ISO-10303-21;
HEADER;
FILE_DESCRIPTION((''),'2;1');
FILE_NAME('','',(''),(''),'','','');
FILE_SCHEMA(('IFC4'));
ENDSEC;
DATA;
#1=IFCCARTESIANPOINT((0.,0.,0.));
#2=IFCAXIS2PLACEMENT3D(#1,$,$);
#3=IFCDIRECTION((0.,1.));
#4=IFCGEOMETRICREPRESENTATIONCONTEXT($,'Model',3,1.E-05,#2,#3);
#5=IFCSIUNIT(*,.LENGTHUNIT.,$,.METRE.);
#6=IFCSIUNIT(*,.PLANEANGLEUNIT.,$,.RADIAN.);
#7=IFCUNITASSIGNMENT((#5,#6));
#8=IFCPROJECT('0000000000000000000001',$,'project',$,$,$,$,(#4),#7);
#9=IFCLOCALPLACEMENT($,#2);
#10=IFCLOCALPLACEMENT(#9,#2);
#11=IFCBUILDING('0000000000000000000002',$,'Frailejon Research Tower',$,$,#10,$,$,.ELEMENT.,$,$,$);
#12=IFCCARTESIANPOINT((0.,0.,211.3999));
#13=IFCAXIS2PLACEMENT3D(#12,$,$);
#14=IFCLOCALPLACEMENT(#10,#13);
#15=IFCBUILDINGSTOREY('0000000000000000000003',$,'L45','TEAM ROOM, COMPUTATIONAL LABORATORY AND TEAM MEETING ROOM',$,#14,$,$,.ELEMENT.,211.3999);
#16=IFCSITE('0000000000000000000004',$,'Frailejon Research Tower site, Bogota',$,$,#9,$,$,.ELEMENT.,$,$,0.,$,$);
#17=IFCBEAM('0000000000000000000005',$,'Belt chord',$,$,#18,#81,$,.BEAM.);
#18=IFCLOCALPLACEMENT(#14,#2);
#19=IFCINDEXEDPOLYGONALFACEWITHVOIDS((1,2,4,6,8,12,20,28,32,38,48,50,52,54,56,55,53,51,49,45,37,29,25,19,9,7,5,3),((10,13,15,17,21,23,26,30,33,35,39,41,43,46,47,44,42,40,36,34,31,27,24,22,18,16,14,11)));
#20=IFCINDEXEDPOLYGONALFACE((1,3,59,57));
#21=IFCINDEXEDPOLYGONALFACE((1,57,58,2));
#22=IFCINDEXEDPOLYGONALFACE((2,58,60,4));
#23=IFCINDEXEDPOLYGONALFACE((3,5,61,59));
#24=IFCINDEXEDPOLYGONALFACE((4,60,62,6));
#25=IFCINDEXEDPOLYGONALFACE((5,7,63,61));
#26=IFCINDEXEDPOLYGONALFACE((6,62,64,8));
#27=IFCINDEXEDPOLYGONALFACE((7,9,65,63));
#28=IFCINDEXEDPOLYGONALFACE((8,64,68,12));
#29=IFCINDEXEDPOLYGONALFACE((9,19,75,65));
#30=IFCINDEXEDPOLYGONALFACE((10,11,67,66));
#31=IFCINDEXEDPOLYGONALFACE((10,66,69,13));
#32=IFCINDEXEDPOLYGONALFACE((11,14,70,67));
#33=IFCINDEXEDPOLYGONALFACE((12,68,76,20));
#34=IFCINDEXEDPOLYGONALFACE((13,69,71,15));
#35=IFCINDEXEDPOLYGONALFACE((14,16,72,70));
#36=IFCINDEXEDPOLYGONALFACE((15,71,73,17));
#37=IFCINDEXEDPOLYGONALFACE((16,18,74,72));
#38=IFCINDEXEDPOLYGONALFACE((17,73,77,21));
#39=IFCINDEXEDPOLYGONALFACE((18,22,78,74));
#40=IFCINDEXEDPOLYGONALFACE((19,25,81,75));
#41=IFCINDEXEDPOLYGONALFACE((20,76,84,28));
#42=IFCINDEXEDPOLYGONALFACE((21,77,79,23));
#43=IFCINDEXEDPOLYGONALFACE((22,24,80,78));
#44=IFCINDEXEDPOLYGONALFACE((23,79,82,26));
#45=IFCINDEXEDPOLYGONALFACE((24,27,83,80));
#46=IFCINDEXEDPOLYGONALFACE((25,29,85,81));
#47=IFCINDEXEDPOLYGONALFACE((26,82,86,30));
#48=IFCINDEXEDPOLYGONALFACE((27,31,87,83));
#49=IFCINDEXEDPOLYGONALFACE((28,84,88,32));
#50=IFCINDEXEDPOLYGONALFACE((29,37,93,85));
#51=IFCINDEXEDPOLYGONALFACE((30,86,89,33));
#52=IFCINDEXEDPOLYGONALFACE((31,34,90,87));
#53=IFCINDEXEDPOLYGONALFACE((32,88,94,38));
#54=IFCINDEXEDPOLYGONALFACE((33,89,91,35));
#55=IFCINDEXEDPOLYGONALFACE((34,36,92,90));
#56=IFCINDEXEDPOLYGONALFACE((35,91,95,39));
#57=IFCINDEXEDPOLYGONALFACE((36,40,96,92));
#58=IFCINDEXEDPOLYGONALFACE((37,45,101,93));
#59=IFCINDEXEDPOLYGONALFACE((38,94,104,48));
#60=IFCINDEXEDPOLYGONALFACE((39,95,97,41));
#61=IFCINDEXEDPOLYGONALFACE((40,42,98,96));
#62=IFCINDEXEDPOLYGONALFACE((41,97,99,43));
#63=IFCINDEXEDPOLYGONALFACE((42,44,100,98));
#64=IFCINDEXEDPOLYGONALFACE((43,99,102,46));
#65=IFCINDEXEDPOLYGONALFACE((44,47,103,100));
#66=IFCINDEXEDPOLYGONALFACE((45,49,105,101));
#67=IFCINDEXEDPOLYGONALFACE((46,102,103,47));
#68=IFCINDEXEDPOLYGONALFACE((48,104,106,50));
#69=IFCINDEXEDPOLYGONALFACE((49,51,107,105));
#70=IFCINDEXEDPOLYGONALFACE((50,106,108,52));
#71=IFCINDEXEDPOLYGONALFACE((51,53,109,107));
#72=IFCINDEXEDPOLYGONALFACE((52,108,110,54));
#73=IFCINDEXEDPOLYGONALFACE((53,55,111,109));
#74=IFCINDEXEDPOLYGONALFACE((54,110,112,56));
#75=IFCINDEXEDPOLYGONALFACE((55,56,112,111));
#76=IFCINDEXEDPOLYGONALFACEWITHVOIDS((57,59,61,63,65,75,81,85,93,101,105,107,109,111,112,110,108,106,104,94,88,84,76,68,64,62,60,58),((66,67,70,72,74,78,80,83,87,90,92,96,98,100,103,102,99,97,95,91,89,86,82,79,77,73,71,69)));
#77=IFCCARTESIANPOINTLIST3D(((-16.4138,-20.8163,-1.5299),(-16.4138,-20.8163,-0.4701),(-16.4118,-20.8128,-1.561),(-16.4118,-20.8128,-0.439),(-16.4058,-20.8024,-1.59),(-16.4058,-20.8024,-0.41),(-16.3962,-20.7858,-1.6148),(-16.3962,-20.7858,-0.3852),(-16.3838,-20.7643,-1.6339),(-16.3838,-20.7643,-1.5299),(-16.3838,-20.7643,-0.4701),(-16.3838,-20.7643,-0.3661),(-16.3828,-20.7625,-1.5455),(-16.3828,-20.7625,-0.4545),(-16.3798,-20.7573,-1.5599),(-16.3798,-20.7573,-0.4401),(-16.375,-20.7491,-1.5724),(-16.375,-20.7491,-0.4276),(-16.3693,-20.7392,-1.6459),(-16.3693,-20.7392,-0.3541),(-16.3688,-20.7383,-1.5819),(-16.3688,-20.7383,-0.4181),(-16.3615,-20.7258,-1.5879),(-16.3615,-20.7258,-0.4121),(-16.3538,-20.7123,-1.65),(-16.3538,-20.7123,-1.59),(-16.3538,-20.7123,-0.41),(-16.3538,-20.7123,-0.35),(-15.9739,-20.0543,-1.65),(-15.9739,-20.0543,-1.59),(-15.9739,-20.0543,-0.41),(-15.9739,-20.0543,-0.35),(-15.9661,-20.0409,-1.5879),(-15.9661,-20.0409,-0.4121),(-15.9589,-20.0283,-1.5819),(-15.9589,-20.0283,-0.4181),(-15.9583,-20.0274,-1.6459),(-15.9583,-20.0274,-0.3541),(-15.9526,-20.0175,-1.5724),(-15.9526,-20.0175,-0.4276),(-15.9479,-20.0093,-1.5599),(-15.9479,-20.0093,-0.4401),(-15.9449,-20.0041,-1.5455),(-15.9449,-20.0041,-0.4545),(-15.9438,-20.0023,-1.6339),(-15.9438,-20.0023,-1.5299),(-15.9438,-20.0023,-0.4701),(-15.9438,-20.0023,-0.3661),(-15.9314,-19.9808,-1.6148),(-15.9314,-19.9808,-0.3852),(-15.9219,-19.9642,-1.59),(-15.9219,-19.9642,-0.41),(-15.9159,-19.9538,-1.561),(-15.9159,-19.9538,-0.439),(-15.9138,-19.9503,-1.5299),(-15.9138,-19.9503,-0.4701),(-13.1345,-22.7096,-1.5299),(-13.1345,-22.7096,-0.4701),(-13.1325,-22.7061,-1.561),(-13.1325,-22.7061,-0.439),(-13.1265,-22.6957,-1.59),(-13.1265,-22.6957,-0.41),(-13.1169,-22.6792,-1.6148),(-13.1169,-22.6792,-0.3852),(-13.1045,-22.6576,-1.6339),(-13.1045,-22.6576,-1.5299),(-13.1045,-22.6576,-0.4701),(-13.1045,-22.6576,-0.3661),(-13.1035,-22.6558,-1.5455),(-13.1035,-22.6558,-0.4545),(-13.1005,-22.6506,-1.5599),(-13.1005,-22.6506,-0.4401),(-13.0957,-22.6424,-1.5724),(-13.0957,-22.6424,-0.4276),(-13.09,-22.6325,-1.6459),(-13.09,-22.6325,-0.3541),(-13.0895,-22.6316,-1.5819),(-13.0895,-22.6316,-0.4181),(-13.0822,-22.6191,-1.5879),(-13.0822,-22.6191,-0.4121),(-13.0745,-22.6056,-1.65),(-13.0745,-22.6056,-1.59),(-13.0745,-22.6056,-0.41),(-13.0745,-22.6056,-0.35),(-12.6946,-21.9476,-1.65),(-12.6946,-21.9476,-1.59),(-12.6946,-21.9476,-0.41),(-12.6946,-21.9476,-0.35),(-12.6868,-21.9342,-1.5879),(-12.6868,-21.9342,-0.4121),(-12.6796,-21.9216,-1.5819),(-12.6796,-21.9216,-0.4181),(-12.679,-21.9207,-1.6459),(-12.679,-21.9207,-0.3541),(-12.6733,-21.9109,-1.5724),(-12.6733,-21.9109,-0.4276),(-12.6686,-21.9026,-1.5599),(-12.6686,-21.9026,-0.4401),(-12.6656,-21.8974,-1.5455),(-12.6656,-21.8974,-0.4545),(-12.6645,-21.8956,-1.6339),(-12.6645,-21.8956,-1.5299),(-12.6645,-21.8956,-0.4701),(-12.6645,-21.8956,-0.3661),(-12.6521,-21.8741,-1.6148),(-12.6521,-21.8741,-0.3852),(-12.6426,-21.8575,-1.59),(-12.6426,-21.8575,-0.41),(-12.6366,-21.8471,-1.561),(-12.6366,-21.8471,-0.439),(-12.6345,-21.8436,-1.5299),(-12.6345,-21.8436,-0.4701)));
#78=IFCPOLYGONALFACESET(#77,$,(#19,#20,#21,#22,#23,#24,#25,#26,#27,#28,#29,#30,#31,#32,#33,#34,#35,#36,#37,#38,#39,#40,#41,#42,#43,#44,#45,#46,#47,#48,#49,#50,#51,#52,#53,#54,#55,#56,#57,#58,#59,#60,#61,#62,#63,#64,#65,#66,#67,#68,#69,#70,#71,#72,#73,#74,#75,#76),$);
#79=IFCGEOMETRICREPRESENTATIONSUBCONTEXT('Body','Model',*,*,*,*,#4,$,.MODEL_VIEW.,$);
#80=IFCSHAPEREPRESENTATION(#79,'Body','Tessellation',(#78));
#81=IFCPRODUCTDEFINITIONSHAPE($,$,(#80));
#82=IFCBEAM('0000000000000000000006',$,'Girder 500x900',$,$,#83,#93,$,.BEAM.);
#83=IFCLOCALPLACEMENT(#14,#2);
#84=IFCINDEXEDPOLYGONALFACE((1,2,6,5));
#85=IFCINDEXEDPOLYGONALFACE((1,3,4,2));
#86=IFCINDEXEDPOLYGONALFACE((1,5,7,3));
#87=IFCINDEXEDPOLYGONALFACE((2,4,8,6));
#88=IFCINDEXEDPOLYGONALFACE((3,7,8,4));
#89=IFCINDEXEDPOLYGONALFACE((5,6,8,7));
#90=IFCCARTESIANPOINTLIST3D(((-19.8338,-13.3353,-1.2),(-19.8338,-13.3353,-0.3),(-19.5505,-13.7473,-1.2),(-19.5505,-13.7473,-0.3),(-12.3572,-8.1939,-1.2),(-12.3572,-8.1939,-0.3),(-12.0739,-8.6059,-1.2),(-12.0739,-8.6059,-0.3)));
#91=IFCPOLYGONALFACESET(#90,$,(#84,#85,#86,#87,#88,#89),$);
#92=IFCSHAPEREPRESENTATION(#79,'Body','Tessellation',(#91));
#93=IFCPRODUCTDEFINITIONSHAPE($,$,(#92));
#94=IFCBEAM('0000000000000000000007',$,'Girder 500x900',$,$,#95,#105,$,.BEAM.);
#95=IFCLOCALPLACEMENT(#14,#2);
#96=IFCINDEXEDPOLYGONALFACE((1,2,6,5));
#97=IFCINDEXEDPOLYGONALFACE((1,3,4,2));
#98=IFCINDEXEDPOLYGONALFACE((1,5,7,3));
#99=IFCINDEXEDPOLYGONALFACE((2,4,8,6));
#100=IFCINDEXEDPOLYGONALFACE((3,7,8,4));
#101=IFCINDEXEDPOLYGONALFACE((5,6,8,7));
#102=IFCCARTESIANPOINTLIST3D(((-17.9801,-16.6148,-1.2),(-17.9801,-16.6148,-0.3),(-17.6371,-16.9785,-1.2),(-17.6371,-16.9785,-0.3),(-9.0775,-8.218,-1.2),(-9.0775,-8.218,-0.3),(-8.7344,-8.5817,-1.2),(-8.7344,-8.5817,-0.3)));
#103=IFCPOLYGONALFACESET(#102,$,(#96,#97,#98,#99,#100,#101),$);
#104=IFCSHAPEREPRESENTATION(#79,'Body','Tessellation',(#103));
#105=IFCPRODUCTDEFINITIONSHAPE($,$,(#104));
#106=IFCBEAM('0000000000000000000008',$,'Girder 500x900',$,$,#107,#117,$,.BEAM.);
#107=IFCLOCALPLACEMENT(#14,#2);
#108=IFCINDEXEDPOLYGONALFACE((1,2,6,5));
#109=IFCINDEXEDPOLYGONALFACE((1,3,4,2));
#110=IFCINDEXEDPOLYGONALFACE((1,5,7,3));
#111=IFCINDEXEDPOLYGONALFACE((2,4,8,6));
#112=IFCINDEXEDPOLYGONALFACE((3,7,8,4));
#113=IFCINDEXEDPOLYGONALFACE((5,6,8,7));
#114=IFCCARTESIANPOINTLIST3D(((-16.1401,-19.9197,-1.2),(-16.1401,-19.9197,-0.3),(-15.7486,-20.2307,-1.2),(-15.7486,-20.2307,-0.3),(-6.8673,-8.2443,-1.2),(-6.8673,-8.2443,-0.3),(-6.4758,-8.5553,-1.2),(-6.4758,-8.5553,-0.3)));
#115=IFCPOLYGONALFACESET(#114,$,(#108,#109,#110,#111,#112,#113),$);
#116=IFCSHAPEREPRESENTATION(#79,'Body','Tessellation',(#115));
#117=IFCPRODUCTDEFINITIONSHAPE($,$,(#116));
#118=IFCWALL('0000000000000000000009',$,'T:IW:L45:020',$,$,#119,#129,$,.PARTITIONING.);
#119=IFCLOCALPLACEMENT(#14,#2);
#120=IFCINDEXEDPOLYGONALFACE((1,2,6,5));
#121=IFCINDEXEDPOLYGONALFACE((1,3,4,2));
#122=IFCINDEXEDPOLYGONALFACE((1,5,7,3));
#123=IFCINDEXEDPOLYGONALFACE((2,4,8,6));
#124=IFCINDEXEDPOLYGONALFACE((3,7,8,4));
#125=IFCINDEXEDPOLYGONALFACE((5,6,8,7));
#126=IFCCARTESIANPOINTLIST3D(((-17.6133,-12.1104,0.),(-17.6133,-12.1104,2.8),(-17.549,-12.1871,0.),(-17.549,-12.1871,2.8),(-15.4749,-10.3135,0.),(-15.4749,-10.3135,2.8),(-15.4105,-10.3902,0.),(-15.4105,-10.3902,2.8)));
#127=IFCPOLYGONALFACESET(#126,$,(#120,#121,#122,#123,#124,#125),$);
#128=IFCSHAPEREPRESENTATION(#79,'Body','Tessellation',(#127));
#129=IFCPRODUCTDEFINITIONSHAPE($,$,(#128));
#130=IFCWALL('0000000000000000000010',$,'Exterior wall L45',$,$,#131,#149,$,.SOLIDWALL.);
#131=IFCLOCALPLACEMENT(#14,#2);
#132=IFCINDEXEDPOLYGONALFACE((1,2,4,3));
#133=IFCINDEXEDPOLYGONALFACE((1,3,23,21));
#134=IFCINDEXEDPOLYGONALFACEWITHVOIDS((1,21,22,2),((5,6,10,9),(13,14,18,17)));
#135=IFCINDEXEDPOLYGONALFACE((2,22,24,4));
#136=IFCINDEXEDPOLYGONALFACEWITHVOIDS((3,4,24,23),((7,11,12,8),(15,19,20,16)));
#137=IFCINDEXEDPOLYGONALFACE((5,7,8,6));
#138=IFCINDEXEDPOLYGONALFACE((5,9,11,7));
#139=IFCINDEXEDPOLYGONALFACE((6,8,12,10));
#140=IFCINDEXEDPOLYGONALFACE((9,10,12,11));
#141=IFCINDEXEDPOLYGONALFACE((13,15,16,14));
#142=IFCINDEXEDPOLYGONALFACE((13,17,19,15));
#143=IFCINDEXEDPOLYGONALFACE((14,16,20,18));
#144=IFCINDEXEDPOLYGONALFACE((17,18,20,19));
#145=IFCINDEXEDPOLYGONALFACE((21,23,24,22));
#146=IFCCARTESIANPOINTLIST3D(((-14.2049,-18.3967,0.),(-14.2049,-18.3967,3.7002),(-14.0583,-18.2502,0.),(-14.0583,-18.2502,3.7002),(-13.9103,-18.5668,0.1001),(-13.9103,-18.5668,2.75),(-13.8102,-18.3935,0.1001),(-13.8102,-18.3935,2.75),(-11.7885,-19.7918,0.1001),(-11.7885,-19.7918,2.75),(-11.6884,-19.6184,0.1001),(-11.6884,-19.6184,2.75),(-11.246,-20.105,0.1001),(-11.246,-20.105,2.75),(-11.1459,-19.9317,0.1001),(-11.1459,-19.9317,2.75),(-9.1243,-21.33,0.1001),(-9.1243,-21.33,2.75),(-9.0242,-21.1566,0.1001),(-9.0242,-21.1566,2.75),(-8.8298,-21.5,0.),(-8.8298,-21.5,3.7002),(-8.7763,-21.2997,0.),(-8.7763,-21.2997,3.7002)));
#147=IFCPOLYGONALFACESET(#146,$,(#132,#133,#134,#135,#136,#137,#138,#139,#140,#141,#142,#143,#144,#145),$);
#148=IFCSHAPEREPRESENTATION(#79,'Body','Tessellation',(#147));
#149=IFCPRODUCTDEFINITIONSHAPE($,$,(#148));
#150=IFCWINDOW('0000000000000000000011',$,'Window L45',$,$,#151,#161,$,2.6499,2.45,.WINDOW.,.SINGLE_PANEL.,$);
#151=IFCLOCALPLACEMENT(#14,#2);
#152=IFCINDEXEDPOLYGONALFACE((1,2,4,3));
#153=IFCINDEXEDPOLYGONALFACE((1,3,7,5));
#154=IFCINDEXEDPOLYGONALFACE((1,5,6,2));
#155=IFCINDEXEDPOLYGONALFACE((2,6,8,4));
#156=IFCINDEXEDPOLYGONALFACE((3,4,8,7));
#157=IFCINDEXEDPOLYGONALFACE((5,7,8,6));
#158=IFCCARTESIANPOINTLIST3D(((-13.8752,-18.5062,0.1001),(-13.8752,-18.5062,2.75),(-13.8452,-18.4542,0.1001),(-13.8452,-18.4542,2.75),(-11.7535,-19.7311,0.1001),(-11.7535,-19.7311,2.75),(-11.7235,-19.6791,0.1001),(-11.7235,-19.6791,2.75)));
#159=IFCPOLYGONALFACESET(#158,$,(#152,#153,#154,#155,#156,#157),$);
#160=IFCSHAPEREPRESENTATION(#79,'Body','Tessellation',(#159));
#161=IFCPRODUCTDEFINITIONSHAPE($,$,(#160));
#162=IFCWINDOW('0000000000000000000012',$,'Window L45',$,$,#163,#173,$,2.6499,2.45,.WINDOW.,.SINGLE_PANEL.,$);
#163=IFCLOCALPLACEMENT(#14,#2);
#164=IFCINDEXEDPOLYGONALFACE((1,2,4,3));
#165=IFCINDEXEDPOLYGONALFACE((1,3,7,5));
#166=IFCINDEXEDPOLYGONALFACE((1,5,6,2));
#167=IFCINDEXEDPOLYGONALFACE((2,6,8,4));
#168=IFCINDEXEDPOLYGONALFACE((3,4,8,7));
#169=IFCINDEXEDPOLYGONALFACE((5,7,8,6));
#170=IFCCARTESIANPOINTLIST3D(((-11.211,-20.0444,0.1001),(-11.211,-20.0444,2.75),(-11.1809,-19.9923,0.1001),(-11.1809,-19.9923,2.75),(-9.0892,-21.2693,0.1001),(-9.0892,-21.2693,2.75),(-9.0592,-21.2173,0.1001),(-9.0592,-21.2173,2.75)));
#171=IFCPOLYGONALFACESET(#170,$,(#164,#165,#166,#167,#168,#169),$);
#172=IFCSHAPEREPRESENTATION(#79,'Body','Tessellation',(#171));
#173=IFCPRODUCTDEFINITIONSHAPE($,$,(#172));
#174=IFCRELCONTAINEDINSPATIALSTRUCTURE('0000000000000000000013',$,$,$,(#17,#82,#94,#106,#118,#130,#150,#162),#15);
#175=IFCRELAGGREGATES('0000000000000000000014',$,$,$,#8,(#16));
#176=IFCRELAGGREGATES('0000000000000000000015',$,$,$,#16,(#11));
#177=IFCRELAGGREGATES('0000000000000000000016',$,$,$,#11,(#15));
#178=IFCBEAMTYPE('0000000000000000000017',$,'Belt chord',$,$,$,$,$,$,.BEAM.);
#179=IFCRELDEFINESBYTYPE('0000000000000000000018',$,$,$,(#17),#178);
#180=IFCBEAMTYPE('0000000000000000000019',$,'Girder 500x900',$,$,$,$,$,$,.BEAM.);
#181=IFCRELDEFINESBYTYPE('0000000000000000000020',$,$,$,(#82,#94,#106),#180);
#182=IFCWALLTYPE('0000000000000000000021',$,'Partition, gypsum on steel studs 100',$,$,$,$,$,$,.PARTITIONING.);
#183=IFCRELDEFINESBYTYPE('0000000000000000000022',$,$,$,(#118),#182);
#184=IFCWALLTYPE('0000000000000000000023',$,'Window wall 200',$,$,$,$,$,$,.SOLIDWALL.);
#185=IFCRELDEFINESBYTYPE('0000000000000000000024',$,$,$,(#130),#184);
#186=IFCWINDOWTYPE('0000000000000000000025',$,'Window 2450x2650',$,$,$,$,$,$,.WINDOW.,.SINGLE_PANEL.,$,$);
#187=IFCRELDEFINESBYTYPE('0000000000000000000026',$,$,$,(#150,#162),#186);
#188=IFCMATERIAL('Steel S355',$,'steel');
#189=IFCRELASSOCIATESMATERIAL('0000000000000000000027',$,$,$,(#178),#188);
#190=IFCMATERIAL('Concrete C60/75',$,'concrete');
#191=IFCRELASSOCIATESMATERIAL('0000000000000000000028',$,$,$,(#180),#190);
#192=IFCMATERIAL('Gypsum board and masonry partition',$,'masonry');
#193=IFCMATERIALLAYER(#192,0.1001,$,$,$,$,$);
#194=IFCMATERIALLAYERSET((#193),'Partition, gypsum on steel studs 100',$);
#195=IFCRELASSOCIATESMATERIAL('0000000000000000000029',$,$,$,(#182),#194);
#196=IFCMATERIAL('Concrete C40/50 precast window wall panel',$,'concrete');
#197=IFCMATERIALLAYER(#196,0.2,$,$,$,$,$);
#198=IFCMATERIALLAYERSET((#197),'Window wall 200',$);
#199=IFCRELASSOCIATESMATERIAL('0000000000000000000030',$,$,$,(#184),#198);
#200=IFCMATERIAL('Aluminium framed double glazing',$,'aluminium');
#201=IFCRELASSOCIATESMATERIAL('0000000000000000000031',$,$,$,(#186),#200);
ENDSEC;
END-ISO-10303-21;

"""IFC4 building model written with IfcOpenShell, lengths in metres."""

from ifc_helpers import new_model, si_unit, direction, frame, frame_2d, origin, origin_2d, place, context, subcontext, project, spatial, polyline, rectangle, hollow_rectangle, outline, extrude, material, layer, layer_set, material_profile, profile_set, type_object, element, fill, save


model = new_model("IFC4")

# Units and contexts
model_context = context("Model", 3, precision=1e-05, world=origin(), true_north=direction((0.0, 1.0)))
body_context = subcontext(model_context, "Body", "Model", "MODEL_VIEW")
ifc_project = project(units=[si_unit("LENGTHUNIT", "METRE"), si_unit("PLANEANGLEUNIT", "RADIAN")], contexts=[model_context])

# Site, building, storey
site_placement = place(None, origin())
site = spatial("IfcSite", under=ifc_project, at=site_placement, Name="Frailejon Research Tower site, Bogota", CompositionType="ELEMENT", RefElevation=0.0)
building_placement = place(site_placement, origin())
building = spatial("IfcBuilding", under=site, at=building_placement, Name="Frailejon Research Tower", CompositionType="ELEMENT")
storey_placement = place(building_placement, frame((0.0, 0.0, 211.3999)))
storey = spatial("IfcBuildingStorey", under=building, at=storey_placement, Name="L45", Description="TEAM ROOM, COMPUTATIONAL LABORATORY AND TEAM MEETING ROOM", CompositionType="ELEMENT", Elevation=211.3999)

# Beams
ifc_material_1 = material(Name="Steel S355", Category="steel")
ifc_material_profile_1 = material_profile(ifc_material_1, hollow_rectangle(XDim=1.0, YDim=1.3, WallThickness=0.0601, InnerFilletRadius=0.0601, OuterFilletRadius=0.1201, at=origin_2d()), Name="Belt chord")
ifc_profile_set_1 = profile_set([ifc_material_profile_1], Name="Steel S355")
beam_type_1 = type_object("IfcBeamType", Name="Belt chord", PredefinedType="BEAM", material=ifc_profile_set_1)
beam_1_placement = place(storey_placement, frame((-16.1638, -20.3833, -1.0), z_axis=(0.866025, -0.500002, 0.0), x_axis=(0.500002, 0.866025, 0.0)))
element("IfcBeam", 1, at=beam_1_placement, inside=storey, type_object=beam_type_1, Name="Belt chord", PredefinedType="BEAM", context=body_context, shape_type="SweptSolid", body=[
    extrude(hollow_rectangle(XDim=1.0, YDim=1.3, WallThickness=0.0601, InnerFilletRadius=0.0601, OuterFilletRadius=0.1201, at=origin_2d()), origin(), (0.0, 0.0, 1.0), 3.7866),
])
ifc_material_2 = material(Name="Concrete C60/75", Category="concrete")
ifc_material_profile_2 = material_profile(ifc_material_2, rectangle(XDim=0.5, YDim=0.8999, at=origin_2d()), Name="Girder 500x900")
ifc_profile_set_2 = profile_set([ifc_material_profile_2], Name="Concrete C60/75")
beam_type_2 = type_object("IfcBeamType", Name="Girder 500x900", PredefinedType="BEAM", material=ifc_profile_set_2)
beam_2_placement = place(storey_placement, frame((-19.6921, -13.5413, -0.75), z_axis=(0.823979, 0.56662, 0.0), x_axis=(-0.56662, 0.823979, 0.0)))
element("IfcBeam", 2, at=beam_2_placement, inside=storey, type_object=beam_type_2, Name="Girder 500x900", PredefinedType="BEAM", context=body_context, shape_type="SweptSolid", body=[
    extrude(rectangle(XDim=0.5, YDim=0.8999, at=origin_2d()), origin(), (0.0, 0.0, 1.0), 9.0737),
])
beam_3_placement = place(storey_placement, frame((-17.8086, -16.7966, -0.75), z_axis=(0.727473, 0.686137, 0.0), x_axis=(-0.686137, 0.727473, 0.0)))
element("IfcBeam", 3, at=beam_3_placement, inside=storey, type_object=beam_type_2, Name="Girder 500x900", PredefinedType="BEAM", context=body_context, shape_type="SweptSolid", body=[
    extrude(rectangle(XDim=0.5, YDim=0.8999, at=origin_2d()), origin(), (0.0, 0.0, 1.0), 12.2378),
])
beam_4_placement = place(storey_placement, frame((-15.9443, -20.0752, -0.75), z_axis=(0.621929, 0.783073, 0.0), x_axis=(-0.783073, 0.621929, 0.0)))
element("IfcBeam", 4, at=beam_4_placement, inside=storey, type_object=beam_type_2, Name="Girder 500x900", PredefinedType="BEAM", context=body_context, shape_type="SweptSolid", body=[
    extrude(rectangle(XDim=0.5, YDim=0.8999, at=origin_2d()), origin(), (0.0, 0.0, 1.0), 14.9097),
])

# Wall
ifc_material_3 = material(Name="Gypsum board and masonry partition", Category="masonry")
ifc_layer_1 = layer(ifc_material_3, 0.1001)
ifc_layer_set_1 = layer_set([ifc_layer_1], Name="Partition, gypsum on steel studs 100")
wall_type_1 = type_object("IfcWallType", Name="Partition, gypsum on steel studs 100", PredefinedType="PARTITIONING", material=ifc_layer_set_1)
wall_1_placement = place(storey_placement, frame((-17.5811, -12.1487, 0.0), z_axis=(0.0, 0.0, 1.0), x_axis=(0.7656, 0.643317, 0.0)))
element("IfcWall", 5, at=wall_1_placement, inside=storey, type_object=wall_type_1, Name="T:IW:L45:020", PredefinedType="PARTITIONING", context=body_context, shape_type="SweptSolid", body=[
    extrude(rectangle(XDim=2.7932, YDim=0.1001, at=frame_2d((1.3965, 0.0))), origin(), (0.0, 0.0, 1.0), 2.8),
])

# Wall, openings, windows
ifc_material_4 = material(Name="Concrete C40/50 precast window wall panel", Category="concrete")
ifc_layer_2 = layer(ifc_material_4, 0.2)
ifc_layer_set_2 = layer_set([ifc_layer_2], Name="Window wall 200")
wall_type_2 = type_object("IfcWallType", Name="Window wall 200", PredefinedType="SOLIDWALL", material=ifc_layer_set_2)
wall_2_placement = place(storey_placement, frame((-14.1316, -18.3235, 0.0), z_axis=(0.0, 0.0, 1.0), x_axis=(0.86603, -0.499993, 0.0)))
wall_2 = element("IfcWall", 6, at=wall_2_placement, inside=storey, type_object=wall_type_2, Name="Exterior wall L45", PredefinedType="SOLIDWALL", context=body_context, shape_type="SweptSolid", body=[
    extrude(outline(polyline([(-0.0269, -0.1001), (1.0076, -0.1001), (2.042, -0.1001), (3.0764, -0.1001), (4.1108, -0.1001), (5.1453, -0.1001), (6.1797, -0.1001), (6.126, 0.1001), (5.1094, 0.1001), (4.093, 0.1001), (3.0764, 0.1001), (2.0598, 0.1001), (1.0435, 0.1001), (0.0269, 0.1001), (-0.0269, -0.1001)])), origin(), (0.0, 0.0, 1.0), 3.7002),
])
opening_1_placement = place(wall_2_placement, frame((0.3132, 0.0, 0.1001)))
opening_1 = element("IfcOpeningElement", 7, at=opening_1_placement, cuts=wall_2, PredefinedType="OPENING", context=body_context, shape_type="SweptSolid", body=[
    extrude(rectangle(XDim=2.45, YDim=2.6499, at=frame_2d((1.2251, 1.325))), frame((0.0, 0.1099, 0.0), z_axis=(0.0, -1.0, 0.0), x_axis=(1.0, 0.0, 0.0)), (0.0, 0.0, 1.0), 0.22),
])
opening_2_placement = place(wall_2_placement, frame((3.3896, 0.0, 0.1001)))
opening_2 = element("IfcOpeningElement", 8, at=opening_2_placement, cuts=wall_2, PredefinedType="OPENING", context=body_context, shape_type="SweptSolid", body=[
    extrude(rectangle(XDim=2.45, YDim=2.6499, at=frame_2d((1.2251, 1.325))), frame((0.0, 0.1099, 0.0), z_axis=(0.0, -1.0, 0.0), x_axis=(1.0, 0.0, 0.0)), (0.0, 0.0, 1.0), 0.22),
])
ifc_material_5 = material(Name="Aluminium framed double glazing", Category="aluminium")
window_type = type_object("IfcWindowType", Name="Window 2450x2650", PartitioningType="SINGLE_PANEL", PredefinedType="WINDOW", material=ifc_material_5)
window_1_placement = place(opening_1_placement, origin())
window_1 = element("IfcWindow", 9, at=window_1_placement, inside=storey, type_object=window_type, Name="Window L45", OverallHeight=2.6499, OverallWidth=2.45, PartitioningType="SINGLE_PANEL", PredefinedType="WINDOW", context=body_context, shape_type="SweptSolid", body=[
    extrude(rectangle(XDim=2.45, YDim=2.6499, at=frame_2d((1.2251, 1.325))), frame((0.0, 0.03, 0.0), z_axis=(0.0, -1.0, 0.0), x_axis=(1.0, 0.0, 0.0)), (0.0, 0.0, 1.0), 0.0601),
])
fill(opening_1, window_1)
window_2_placement = place(opening_2_placement, origin())
window_2 = element("IfcWindow", 10, at=window_2_placement, inside=storey, type_object=window_type, Name="Window L45", OverallHeight=2.6499, OverallWidth=2.45, PartitioningType="SINGLE_PANEL", PredefinedType="WINDOW", context=body_context, shape_type="SweptSolid", body=[
    extrude(rectangle(XDim=2.45, YDim=2.6499, at=frame_2d((1.2251, 1.325))), frame((0.0, 0.03, 0.0), z_axis=(0.0, -1.0, 0.0), x_axis=(1.0, 0.0, 0.0)), (0.0, 0.0, 1.0), 0.0601),
])
fill(opening_2, window_2)

save(model, "model.ifc")
